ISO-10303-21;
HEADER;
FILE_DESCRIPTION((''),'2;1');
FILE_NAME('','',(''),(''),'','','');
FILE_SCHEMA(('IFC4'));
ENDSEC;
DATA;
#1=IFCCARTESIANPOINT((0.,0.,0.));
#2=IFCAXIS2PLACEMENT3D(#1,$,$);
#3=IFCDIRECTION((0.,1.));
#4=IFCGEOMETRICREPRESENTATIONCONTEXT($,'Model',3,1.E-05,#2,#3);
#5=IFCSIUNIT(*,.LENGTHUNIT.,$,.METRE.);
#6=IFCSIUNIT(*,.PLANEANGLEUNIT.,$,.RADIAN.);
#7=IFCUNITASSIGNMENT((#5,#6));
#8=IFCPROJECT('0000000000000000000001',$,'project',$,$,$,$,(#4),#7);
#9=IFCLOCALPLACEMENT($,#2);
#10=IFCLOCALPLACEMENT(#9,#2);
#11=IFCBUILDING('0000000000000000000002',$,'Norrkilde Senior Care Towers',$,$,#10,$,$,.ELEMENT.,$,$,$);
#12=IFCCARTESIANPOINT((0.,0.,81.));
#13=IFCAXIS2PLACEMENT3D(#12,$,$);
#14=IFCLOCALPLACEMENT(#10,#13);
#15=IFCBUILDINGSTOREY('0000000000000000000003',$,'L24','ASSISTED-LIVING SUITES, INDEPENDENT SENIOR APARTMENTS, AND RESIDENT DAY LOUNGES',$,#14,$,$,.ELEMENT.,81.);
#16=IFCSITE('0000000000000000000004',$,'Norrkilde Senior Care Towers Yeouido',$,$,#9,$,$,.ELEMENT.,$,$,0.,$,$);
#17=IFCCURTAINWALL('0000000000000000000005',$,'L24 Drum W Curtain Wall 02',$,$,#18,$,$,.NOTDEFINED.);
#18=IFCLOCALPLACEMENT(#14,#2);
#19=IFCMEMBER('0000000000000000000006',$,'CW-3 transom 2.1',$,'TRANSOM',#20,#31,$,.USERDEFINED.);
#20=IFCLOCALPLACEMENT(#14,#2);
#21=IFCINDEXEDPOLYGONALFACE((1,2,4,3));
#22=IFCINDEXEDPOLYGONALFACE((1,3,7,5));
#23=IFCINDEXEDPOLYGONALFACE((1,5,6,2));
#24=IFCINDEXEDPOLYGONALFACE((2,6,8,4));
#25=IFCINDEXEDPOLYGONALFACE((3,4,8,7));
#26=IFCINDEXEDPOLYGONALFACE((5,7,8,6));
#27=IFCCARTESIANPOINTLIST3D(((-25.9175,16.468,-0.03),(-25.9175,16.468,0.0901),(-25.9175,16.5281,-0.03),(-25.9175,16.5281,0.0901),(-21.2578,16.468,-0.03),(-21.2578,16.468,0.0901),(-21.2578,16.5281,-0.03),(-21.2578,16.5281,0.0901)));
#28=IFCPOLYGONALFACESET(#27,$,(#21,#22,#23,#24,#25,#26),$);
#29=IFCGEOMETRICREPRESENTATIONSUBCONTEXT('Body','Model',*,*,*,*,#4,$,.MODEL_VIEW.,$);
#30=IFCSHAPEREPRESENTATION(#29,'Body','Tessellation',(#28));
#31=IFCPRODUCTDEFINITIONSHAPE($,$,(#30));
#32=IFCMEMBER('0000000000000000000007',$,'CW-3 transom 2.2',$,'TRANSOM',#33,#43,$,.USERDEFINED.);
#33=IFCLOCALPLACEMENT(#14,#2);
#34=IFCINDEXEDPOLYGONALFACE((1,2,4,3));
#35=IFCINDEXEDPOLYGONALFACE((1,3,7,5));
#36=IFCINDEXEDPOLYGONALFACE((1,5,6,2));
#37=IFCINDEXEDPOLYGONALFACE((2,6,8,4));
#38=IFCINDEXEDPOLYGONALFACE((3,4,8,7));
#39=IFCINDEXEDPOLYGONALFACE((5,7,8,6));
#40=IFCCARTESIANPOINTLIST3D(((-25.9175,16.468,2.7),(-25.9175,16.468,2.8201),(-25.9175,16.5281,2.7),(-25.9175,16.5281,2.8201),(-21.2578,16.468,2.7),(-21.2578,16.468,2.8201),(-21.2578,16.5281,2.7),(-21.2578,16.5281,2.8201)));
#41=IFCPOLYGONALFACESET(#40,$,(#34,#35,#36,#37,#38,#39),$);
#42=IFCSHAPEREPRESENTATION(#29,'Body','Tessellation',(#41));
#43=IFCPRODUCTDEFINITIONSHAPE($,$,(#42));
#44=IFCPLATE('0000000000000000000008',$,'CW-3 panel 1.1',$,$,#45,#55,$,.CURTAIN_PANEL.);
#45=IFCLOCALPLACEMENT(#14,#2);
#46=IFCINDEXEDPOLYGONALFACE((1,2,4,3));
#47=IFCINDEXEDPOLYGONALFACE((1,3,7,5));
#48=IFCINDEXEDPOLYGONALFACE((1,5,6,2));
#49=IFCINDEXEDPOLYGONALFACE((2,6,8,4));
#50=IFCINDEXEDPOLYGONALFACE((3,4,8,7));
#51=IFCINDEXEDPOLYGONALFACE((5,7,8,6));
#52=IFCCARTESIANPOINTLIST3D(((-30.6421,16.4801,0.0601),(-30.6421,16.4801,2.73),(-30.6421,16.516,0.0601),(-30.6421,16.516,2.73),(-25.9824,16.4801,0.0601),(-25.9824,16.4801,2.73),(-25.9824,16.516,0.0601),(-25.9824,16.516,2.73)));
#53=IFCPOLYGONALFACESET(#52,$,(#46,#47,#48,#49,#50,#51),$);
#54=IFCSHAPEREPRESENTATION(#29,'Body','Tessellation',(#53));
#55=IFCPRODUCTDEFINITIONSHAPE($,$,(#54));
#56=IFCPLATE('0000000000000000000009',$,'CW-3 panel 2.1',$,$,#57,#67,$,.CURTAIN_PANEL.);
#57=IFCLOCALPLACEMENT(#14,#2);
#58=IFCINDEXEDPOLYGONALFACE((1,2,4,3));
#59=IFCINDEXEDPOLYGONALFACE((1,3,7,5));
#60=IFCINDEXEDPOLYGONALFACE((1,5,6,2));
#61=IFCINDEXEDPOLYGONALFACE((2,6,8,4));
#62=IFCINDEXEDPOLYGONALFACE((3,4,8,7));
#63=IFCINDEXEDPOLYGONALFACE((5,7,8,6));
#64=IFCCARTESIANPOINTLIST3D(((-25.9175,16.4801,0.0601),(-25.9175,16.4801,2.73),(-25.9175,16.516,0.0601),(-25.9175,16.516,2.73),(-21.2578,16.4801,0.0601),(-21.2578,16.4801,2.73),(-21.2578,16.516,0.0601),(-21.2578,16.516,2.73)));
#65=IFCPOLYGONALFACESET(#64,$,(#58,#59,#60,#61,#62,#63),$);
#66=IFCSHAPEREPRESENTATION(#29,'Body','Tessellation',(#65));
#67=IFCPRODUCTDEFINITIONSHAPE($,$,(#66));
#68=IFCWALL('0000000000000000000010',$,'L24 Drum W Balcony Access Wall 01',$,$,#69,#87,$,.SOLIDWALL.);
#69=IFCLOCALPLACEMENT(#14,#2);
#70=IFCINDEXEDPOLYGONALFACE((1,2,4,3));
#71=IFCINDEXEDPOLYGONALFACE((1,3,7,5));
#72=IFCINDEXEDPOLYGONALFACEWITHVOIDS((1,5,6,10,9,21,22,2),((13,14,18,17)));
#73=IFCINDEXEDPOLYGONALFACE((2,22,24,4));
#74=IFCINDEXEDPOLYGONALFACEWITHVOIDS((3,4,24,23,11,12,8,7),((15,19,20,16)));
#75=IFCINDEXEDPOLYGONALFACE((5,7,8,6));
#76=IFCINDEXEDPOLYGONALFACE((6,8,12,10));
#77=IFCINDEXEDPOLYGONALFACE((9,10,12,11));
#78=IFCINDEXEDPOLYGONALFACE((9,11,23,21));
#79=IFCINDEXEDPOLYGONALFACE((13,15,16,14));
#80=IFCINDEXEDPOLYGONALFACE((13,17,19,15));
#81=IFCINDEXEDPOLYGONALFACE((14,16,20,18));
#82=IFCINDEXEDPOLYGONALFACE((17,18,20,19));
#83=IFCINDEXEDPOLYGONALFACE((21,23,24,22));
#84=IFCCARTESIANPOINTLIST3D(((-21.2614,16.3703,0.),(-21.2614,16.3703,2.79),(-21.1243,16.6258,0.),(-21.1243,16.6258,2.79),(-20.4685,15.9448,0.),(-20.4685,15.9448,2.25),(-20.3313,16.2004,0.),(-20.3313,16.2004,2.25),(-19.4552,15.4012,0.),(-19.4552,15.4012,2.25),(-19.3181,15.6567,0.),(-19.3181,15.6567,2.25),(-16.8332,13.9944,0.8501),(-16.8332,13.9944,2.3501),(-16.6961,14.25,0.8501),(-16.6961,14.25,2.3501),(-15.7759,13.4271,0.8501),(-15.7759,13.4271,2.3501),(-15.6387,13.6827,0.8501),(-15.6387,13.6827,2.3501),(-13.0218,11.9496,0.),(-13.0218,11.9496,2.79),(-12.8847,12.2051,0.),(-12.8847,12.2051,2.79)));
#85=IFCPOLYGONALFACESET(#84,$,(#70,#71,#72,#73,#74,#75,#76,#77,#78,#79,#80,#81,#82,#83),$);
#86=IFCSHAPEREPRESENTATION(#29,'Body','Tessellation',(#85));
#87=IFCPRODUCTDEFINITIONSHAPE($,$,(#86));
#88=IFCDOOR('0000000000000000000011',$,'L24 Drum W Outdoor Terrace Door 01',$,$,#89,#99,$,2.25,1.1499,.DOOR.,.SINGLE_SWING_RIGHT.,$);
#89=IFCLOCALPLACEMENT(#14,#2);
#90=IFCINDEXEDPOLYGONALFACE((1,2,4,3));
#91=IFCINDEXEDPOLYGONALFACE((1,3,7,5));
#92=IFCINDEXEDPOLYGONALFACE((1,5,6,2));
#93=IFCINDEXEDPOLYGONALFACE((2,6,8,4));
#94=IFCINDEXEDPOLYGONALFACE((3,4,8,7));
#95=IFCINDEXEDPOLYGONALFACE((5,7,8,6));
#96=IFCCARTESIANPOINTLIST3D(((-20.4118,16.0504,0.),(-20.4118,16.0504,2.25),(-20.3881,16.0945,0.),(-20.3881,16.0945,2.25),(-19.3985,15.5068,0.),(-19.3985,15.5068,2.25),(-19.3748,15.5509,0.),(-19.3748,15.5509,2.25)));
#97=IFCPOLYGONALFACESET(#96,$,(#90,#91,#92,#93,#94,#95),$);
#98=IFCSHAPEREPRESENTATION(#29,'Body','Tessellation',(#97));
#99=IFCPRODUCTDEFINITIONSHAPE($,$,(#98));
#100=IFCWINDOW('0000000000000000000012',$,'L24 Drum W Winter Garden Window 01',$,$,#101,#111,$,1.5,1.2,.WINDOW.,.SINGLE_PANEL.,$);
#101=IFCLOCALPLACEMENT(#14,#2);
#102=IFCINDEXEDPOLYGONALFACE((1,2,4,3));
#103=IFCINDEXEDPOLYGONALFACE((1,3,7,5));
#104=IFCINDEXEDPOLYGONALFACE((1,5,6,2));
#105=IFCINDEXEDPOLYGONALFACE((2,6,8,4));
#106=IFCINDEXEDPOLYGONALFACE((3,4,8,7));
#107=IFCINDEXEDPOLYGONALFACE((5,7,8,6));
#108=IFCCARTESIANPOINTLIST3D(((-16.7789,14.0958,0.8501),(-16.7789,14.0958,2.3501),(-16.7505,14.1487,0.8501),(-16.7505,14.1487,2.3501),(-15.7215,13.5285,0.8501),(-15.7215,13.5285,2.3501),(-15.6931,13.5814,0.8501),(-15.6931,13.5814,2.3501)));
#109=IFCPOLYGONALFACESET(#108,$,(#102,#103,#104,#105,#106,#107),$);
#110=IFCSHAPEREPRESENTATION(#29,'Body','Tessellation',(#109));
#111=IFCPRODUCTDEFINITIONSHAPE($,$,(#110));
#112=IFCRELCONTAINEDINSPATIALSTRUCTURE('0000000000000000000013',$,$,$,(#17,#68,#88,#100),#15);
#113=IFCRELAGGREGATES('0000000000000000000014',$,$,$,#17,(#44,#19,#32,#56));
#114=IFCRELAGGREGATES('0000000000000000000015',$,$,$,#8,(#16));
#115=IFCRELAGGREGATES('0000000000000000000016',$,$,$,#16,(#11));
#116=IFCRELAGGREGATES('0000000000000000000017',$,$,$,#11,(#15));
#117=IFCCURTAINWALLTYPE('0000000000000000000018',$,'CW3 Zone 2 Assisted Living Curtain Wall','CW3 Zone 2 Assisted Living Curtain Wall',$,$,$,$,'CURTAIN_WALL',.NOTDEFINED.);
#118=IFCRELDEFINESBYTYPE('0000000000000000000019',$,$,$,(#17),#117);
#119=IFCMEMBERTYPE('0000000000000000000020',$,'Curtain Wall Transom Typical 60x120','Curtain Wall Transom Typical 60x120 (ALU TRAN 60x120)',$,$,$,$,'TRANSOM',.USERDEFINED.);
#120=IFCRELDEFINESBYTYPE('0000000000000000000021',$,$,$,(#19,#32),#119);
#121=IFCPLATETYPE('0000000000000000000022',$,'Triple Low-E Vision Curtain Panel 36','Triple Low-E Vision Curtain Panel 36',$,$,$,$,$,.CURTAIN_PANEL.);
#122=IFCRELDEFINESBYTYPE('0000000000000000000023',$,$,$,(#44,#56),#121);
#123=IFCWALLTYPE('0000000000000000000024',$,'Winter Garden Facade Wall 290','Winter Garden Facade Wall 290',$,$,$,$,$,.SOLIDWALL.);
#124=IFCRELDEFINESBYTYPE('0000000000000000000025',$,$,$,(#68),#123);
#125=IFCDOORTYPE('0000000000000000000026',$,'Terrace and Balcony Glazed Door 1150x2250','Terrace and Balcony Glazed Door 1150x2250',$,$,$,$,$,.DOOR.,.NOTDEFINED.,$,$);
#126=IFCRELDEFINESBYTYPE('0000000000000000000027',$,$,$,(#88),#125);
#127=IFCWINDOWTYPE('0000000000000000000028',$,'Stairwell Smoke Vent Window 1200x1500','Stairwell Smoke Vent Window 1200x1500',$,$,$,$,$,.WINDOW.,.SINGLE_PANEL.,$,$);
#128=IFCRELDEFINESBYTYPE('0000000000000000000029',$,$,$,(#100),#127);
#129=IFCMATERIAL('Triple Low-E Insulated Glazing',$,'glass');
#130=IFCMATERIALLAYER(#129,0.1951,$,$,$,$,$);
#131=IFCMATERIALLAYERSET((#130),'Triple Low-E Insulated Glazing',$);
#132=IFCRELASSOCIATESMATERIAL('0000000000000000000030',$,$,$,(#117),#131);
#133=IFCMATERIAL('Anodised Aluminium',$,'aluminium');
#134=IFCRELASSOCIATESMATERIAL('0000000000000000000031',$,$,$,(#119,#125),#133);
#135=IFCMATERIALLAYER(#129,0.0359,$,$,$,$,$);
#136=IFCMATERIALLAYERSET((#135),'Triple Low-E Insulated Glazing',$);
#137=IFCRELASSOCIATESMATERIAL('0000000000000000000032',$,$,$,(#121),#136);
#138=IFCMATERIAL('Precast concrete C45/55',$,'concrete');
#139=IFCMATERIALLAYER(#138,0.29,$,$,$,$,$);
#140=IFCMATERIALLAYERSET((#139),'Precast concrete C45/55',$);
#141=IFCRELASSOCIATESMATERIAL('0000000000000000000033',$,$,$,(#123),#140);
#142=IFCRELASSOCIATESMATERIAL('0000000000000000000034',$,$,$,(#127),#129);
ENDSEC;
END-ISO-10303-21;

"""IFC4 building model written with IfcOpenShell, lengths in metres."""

from ifc_helpers import new_model, si_unit, direction, frame, frame_2d, origin, origin_2d, place, context, subcontext, project, spatial, rectangle, extrude, source, transform, mapped, material, layer, layer_set, material_profile, profile_set, type_object, type_shapes, element, fill, aggregate, save


model = new_model("IFC4")

# Units and contexts
model_context = context("Model", 3, precision=1e-05, world=origin(), true_north=direction((0.0, 1.0)))
body_context = subcontext(model_context, "Body", "Model", "MODEL_VIEW")
ifc_project = project(units=[si_unit("LENGTHUNIT", "METRE"), si_unit("PLANEANGLEUNIT", "RADIAN")], contexts=[model_context])

# Site, building, storey
site_placement = place(None, origin())
site = spatial("IfcSite", under=ifc_project, at=site_placement, Name="Norrkilde Senior Care Towers Yeouido", CompositionType="ELEMENT", RefElevation=0.0)
building_placement = place(site_placement, origin())
building = spatial("IfcBuilding", under=site, at=building_placement, Name="Norrkilde Senior Care Towers", CompositionType="ELEMENT")
storey_placement = place(building_placement, frame((0.0, 0.0, 81.0)))
storey = spatial("IfcBuildingStorey", under=building, at=storey_placement, Name="L24", Description="ASSISTED-LIVING SUITES, INDEPENDENT SENIOR APARTMENTS, AND RESIDENT DAY LOUNGES", CompositionType="ELEMENT", Elevation=81.0)

# Curtain wall, members, plates
ifc_material_1 = material(Name="Triple Low-E Insulated Glazing", Category="glass")
ifc_layer_1 = layer(ifc_material_1, 0.1951)
ifc_layer_set_1 = layer_set([ifc_layer_1], Name="Triple Low-E Insulated Glazing")
curtain_wall_type = type_object("IfcCurtainWallType", Name="CW3 Zone 2 Assisted Living Curtain Wall", Description="CW3 Zone 2 Assisted Living Curtain Wall", ElementType="CURTAIN_WALL", PredefinedType="NOTDEFINED", material=ifc_layer_set_1)
curtain_wall_placement = place(storey_placement, origin())
curtain_wall = element("IfcCurtainWall", 1, at=curtain_wall_placement, inside=storey, type_object=curtain_wall_type, Name="L24 Drum W Curtain Wall 02", PredefinedType="NOTDEFINED")
ifc_material_2 = material(Name="Anodised Aluminium", Category="aluminium")
ifc_material_profile_1 = material_profile(ifc_material_2, rectangle(XDim=0.0601, YDim=0.1201, at=origin_2d()), Name="ALU TRAN 60x120")
ifc_profile_set_1 = profile_set([ifc_material_profile_1], Name="Anodised Aluminium")
member_type_1 = type_object("IfcMemberType", Name="Curtain Wall Transom Typical 60x120", Description="Curtain Wall Transom Typical 60x120 (ALU TRAN 60x120)", ElementType="TRANSOM", PredefinedType="USERDEFINED", material=ifc_profile_set_1)
shared_shape_1 = source(origin(), body_context, "Body", "SweptSolid", [
    extrude(rectangle(XDim=0.0601, YDim=0.1201, at=origin_2d()), origin(), (0.0, 0.0, 1.0), 4.6597),
])
type_shapes(member_type_1, [shared_shape_1])
member_1_placement = place(storey_placement, frame((-25.9175, 16.498, 0.03), z_axis=(1.0, 0.0, 0.0), x_axis=(0.0, 1.0, 0.0)))
member_1 = element("IfcMember", 2, at=member_1_placement, type_object=member_type_1, Name="CW-3 transom 2.1", ObjectType="TRANSOM", PredefinedType="USERDEFINED", context=body_context, shape_type="MappedRepresentation", body=[
    mapped(shared_shape_1, transform((0.0, 0.0, 0.0), x_axis=(1.0, 0.0, 0.0), y_axis=(0.0, 1.0, 0.0), z_axis=(0.0, 0.0, 1.0), scale=1.0)),
])
member_2_placement = place(storey_placement, frame((-25.9175, 16.498, 2.76), z_axis=(1.0, 0.0, 0.0), x_axis=(0.0, 1.0, 0.0)))
member_2 = element("IfcMember", 3, at=member_2_placement, type_object=member_type_1, Name="CW-3 transom 2.2", ObjectType="TRANSOM", PredefinedType="USERDEFINED", context=body_context, shape_type="MappedRepresentation", body=[
    mapped(shared_shape_1, transform((0.0, 0.0, 0.0), x_axis=(1.0, 0.0, 0.0), y_axis=(0.0, 1.0, 0.0), z_axis=(0.0, 0.0, 1.0), scale=1.0)),
])
ifc_layer_2 = layer(ifc_material_1, 0.0359)
ifc_layer_set_2 = layer_set([ifc_layer_2], Name="Triple Low-E Insulated Glazing")
plate_type = type_object("IfcPlateType", Name="Triple Low-E Vision Curtain Panel 36", Description="Triple Low-E Vision Curtain Panel 36", PredefinedType="CURTAIN_PANEL", material=ifc_layer_set_2)
shared_shape_2 = source(origin(), body_context, "Body", "SweptSolid", [
    extrude(rectangle(XDim=4.6597, YDim=0.0359, at=origin_2d()), origin(), (0.0, 0.0, 1.0), 2.6699),
])
type_shapes(plate_type, [shared_shape_2])
plate_1_placement = place(storey_placement, frame((-28.3123, 16.498, 0.0601), z_axis=(0.0, 0.0, 1.0), x_axis=(1.0, 0.0, 0.0)))
plate_1 = element("IfcPlate", 4, at=plate_1_placement, type_object=plate_type, Name="CW-3 panel 1.1", PredefinedType="CURTAIN_PANEL", context=body_context, shape_type="MappedRepresentation", body=[
    mapped(shared_shape_2, transform((0.0, 0.0, 0.0), x_axis=(1.0, 0.0, 0.0), y_axis=(0.0, 1.0, 0.0), z_axis=(0.0, 0.0, 1.0), scale=1.0)),
])
plate_2_placement = place(storey_placement, frame((-23.5876, 16.498, 0.0601), z_axis=(0.0, 0.0, 1.0), x_axis=(1.0, 0.0, 0.0)))
plate_2 = element("IfcPlate", 5, at=plate_2_placement, type_object=plate_type, Name="CW-3 panel 2.1", PredefinedType="CURTAIN_PANEL", context=body_context, shape_type="MappedRepresentation", body=[
    mapped(shared_shape_2, transform((0.0, 0.0, 0.0), x_axis=(1.0, 0.0, 0.0), y_axis=(0.0, 1.0, 0.0), z_axis=(0.0, 0.0, 1.0), scale=1.0)),
])
aggregate(curtain_wall, [plate_1, member_1, member_2, plate_2])

# Wall, openings, door, window
ifc_material_3 = material(Name="Precast concrete C45/55", Category="concrete")
ifc_layer_3 = layer(ifc_material_3, 0.29)
ifc_layer_set_3 = layer_set([ifc_layer_3], Name="Precast concrete C45/55")
wall_type_1 = type_object("IfcWallType", Name="Winter Garden Facade Wall 290", Description="Winter Garden Facade Wall 290", PredefinedType="SOLIDWALL", material=ifc_layer_set_3)
shared_shape_3 = source(origin(), body_context, "Body", "SweptSolid", [
    extrude(rectangle(XDim=9.3506, YDim=0.29, at=frame_2d((4.6753, 0.0))), origin(), (0.0, 0.0, 1.0), 2.79),
])
type_shapes(wall_type_1, [shared_shape_3])
wall_1_placement = place(storey_placement, frame((-21.1929, 16.498, 0.0), z_axis=(0.0, 0.0, 1.0), x_axis=(0.881184, -0.472773, 0.0)))
wall_1 = element("IfcWall", 6, at=wall_1_placement, inside=storey, type_object=wall_type_1, Name="L24 Drum W Balcony Access Wall 01", PredefinedType="SOLIDWALL", context=body_context, shape_type="MappedRepresentation", body=[
    mapped(shared_shape_3, transform((0.0, 0.0, 0.0), x_axis=(1.0, 0.0, 0.0), y_axis=(0.0, 1.0, 0.0), z_axis=(0.0, 0.0, 1.0), scale=1.0)),
])
opening_1_placement = place(wall_1_placement, frame((0.8999, 0.0, 0.0)))
opening_1 = element("IfcOpeningElement", 7, at=opening_1_placement, cuts=wall_1, PredefinedType="OPENING", context=body_context, shape_type="SweptSolid", body=[
    extrude(rectangle(XDim=1.1499, YDim=2.25, at=frame_2d((0.575, 1.125))), frame((0.0, 0.155, 0.0), z_axis=(0.0, -1.0, 0.0), x_axis=(1.0, 0.0, 0.0)), (0.0, 0.0, 1.0), 0.3101),
])
opening_2_placement = place(wall_1_placement, frame((5.0251, 0.0, 0.8501)))
opening_2 = element("IfcOpeningElement", 8, at=opening_2_placement, cuts=wall_1, PredefinedType="OPENING", context=body_context, shape_type="SweptSolid", body=[
    extrude(rectangle(XDim=1.2, YDim=1.5, at=frame_2d((0.6001, 0.75))), frame((0.0, 0.155, 0.0), z_axis=(0.0, -1.0, 0.0), x_axis=(1.0, 0.0, 0.0)), (0.0, 0.0, 1.0), 0.3101),
])
door_type_1 = type_object("IfcDoorType", Name="Terrace and Balcony Glazed Door 1150x2250", Description="Terrace and Balcony Glazed Door 1150x2250", OperationType="NOTDEFINED", PredefinedType="DOOR", material=ifc_material_2)
shared_shape_4 = source(origin(), body_context, "Body", "SweptSolid", [
    extrude(rectangle(XDim=1.1499, YDim=2.25, at=frame_2d((0.575, 1.125))), frame((0.0, 0.0249, 0.0), z_axis=(0.0, -1.0, 0.0), x_axis=(1.0, 0.0, 0.0)), (0.0, 0.0, 1.0), 0.05),
])
type_shapes(door_type_1, [shared_shape_4])
door_1_placement = place(opening_1_placement, origin())
door_1 = element("IfcDoor", 9, at=door_1_placement, inside=storey, type_object=door_type_1, Name="L24 Drum W Outdoor Terrace Door 01", OperationType="SINGLE_SWING_RIGHT", OverallHeight=2.25, OverallWidth=1.1499, PredefinedType="DOOR", context=body_context, shape_type="MappedRepresentation", body=[
    mapped(shared_shape_4, transform((0.0, 0.0, 0.0), x_axis=(1.0, 0.0, 0.0), y_axis=(0.0, 1.0, 0.0), z_axis=(0.0, 0.0, 1.0), scale=1.0)),
])
fill(opening_1, door_1)
window_type = type_object("IfcWindowType", Name="Stairwell Smoke Vent Window 1200x1500", Description="Stairwell Smoke Vent Window 1200x1500", PartitioningType="SINGLE_PANEL", PredefinedType="WINDOW", material=ifc_material_1)
shared_shape_5 = source(origin(), body_context, "Body", "SweptSolid", [
    extrude(rectangle(XDim=1.2, YDim=1.5, at=frame_2d((0.6001, 0.75))), frame((0.0, 0.03, 0.0), z_axis=(0.0, -1.0, 0.0), x_axis=(1.0, 0.0, 0.0)), (0.0, 0.0, 1.0), 0.0601),
])
type_shapes(window_type, [shared_shape_5])
window_placement = place(opening_2_placement, origin())
window = element("IfcWindow", 10, at=window_placement, inside=storey, type_object=window_type, Name="L24 Drum W Winter Garden Window 01", OverallHeight=1.5, OverallWidth=1.2, PartitioningType="SINGLE_PANEL", PredefinedType="WINDOW", context=body_context, shape_type="MappedRepresentation", body=[
    mapped(shared_shape_5, transform((0.0, 0.0, 0.0), x_axis=(1.0, 0.0, 0.0), y_axis=(0.0, 1.0, 0.0), z_axis=(0.0, 0.0, 1.0), scale=1.0)),
])
fill(opening_2, window)

save(model, "model.ifc")
